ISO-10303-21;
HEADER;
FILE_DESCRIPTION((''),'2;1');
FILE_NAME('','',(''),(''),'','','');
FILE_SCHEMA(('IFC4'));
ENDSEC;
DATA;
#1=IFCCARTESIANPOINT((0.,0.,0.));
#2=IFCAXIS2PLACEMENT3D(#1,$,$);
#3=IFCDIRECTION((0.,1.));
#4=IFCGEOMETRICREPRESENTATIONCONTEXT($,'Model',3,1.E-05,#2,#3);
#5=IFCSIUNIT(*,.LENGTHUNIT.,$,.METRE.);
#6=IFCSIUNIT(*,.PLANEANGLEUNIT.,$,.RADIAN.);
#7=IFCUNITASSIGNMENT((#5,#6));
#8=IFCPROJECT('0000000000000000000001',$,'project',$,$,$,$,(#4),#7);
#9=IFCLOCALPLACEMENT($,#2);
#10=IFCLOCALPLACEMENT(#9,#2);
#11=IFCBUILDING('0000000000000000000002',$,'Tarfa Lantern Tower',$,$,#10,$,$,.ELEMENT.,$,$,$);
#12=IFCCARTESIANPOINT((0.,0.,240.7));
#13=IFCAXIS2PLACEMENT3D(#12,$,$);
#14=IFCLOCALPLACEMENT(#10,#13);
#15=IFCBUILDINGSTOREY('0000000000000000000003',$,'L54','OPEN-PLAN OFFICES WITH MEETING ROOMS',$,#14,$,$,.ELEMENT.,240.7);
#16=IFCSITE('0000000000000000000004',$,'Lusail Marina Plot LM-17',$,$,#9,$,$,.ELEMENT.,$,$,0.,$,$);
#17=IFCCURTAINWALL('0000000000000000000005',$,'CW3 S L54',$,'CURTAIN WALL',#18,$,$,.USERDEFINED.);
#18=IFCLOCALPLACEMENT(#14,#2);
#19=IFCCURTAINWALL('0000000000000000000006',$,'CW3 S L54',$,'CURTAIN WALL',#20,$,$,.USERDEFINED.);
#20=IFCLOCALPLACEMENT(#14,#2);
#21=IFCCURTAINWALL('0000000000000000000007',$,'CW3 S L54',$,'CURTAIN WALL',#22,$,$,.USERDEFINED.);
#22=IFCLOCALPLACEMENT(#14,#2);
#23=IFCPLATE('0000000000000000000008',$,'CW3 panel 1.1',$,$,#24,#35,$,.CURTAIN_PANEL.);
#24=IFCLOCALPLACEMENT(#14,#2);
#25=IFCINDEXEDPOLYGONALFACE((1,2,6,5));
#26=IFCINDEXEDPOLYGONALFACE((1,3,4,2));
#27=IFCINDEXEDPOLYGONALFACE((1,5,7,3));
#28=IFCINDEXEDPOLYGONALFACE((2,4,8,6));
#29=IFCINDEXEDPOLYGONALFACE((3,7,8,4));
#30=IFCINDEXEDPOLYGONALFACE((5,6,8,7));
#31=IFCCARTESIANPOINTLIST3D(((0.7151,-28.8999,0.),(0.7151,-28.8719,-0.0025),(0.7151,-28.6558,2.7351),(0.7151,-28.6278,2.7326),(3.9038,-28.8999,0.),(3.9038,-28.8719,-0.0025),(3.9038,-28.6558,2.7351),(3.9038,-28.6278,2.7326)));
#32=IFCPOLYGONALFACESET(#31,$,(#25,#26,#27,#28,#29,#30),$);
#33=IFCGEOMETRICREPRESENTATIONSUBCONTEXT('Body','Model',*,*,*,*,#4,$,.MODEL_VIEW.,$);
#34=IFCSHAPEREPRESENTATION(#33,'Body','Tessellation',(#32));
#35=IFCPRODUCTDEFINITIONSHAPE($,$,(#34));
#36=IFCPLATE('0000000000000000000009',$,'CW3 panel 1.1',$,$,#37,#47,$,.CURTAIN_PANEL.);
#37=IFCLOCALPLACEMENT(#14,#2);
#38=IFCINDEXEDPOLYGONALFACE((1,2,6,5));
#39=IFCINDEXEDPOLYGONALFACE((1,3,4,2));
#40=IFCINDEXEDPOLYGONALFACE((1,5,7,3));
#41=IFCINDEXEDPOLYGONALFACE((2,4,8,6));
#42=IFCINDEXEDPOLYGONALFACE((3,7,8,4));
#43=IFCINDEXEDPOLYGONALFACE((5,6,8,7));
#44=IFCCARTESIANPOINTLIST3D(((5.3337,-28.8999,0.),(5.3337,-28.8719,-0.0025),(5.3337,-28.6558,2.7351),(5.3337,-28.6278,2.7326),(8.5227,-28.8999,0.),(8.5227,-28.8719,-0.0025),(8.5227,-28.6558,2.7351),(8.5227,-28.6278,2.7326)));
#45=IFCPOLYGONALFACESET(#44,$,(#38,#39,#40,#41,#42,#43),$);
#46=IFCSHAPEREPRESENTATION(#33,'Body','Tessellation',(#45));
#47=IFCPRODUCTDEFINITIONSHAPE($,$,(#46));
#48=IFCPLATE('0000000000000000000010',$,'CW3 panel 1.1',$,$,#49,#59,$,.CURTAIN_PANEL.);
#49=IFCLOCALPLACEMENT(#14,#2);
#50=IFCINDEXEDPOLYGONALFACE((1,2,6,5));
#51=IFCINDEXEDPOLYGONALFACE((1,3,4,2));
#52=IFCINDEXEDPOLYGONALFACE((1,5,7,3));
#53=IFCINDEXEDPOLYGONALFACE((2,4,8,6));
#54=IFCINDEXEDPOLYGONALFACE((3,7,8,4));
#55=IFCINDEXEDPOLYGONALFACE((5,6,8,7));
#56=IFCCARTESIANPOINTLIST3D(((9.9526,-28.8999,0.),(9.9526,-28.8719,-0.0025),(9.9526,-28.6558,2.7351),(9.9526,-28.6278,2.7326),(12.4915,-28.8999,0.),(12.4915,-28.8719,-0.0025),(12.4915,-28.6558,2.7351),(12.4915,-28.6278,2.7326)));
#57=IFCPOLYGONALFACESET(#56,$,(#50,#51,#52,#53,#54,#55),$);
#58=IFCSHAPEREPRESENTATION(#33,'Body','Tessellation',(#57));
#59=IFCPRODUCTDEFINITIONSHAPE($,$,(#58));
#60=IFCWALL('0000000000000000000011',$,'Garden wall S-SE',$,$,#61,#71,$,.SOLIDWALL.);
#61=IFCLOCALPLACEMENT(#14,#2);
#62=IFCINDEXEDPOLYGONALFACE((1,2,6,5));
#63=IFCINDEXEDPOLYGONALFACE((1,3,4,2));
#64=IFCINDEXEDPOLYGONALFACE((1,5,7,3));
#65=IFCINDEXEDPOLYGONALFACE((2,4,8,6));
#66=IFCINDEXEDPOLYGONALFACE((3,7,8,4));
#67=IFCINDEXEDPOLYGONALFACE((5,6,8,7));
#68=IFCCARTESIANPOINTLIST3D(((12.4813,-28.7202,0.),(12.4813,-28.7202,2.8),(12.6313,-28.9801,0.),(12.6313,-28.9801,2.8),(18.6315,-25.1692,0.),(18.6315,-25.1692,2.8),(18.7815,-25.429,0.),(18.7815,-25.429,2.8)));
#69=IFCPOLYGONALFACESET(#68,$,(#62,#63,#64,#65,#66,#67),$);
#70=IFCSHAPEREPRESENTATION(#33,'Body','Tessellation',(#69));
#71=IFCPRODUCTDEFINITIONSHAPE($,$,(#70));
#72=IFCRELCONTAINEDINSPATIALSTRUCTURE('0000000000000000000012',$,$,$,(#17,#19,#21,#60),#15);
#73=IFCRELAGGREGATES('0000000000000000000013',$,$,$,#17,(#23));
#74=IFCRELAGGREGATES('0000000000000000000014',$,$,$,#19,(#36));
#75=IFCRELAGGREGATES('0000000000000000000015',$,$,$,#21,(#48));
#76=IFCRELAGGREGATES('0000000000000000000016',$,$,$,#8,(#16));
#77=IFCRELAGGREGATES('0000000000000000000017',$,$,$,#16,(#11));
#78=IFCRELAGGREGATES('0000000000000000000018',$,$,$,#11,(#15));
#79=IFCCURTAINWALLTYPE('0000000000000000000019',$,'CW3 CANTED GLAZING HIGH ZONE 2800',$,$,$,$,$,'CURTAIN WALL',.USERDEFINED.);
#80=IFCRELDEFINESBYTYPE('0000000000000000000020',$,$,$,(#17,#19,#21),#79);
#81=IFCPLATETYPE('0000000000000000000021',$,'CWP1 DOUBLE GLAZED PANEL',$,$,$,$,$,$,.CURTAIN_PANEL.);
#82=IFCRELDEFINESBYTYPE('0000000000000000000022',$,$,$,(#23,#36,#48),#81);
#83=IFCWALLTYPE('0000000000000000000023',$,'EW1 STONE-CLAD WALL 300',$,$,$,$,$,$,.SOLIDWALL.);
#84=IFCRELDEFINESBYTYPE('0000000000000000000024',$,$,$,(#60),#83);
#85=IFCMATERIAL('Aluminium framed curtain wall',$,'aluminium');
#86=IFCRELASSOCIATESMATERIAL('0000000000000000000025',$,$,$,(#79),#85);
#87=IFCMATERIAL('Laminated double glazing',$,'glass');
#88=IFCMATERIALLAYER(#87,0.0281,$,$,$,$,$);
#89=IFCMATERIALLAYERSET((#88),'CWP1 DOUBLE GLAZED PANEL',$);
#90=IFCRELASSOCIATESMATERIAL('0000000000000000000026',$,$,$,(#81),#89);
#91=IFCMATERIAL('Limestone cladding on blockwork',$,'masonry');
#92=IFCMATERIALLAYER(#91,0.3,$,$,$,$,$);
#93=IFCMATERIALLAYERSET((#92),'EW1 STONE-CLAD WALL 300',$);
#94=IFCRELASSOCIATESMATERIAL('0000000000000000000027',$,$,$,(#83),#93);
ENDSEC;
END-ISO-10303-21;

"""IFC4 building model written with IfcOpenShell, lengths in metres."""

from ifc_helpers import new_model, si_unit, direction, frame, frame_2d, origin, place, context, subcontext, project, spatial, polyline, rectangle, outline, extrude, material, layer, layer_set, type_object, element, aggregate, save


model = new_model("IFC4")

# Units and contexts
model_context = context("Model", 3, precision=1e-05, world=origin(), true_north=direction((0.0, 1.0)))
body_context = subcontext(model_context, "Body", "Model", "MODEL_VIEW")
ifc_project = project(units=[si_unit("LENGTHUNIT", "METRE"), si_unit("PLANEANGLEUNIT", "RADIAN")], contexts=[model_context])

# Site, building, storey
site_placement = place(None, origin())
site = spatial("IfcSite", under=ifc_project, at=site_placement, Name="Lusail Marina Plot LM-17", CompositionType="ELEMENT", RefElevation=0.0)
building_placement = place(site_placement, origin())
building = spatial("IfcBuilding", under=site, at=building_placement, Name="Tarfa Lantern Tower", CompositionType="ELEMENT")
storey_placement = place(building_placement, frame((0.0, 0.0, 240.7)))
storey = spatial("IfcBuildingStorey", under=building, at=storey_placement, Name="L54", Description="OPEN-PLAN OFFICES WITH MEETING ROOMS", CompositionType="ELEMENT", Elevation=240.7)

# Curtain walls
ifc_material_1 = material(Name="Aluminium framed curtain wall", Category="aluminium")
curtain_wall_type = type_object("IfcCurtainWallType", Name="CW3 CANTED GLAZING HIGH ZONE 2800", ElementType="CURTAIN WALL", PredefinedType="USERDEFINED", material=ifc_material_1)
curtain_wall_1_placement = place(storey_placement, origin())
curtain_wall_1 = element("IfcCurtainWall", 1, at=curtain_wall_1_placement, inside=storey, type_object=curtain_wall_type, Name="CW3 S L54", ObjectType="CURTAIN WALL", PredefinedType="USERDEFINED")
curtain_wall_2_placement = place(storey_placement, origin())
curtain_wall_2 = element("IfcCurtainWall", 2, at=curtain_wall_2_placement, inside=storey, type_object=curtain_wall_type, Name="CW3 S L54", ObjectType="CURTAIN WALL", PredefinedType="USERDEFINED")
curtain_wall_3_placement = place(storey_placement, origin())
curtain_wall_3 = element("IfcCurtainWall", 3, at=curtain_wall_3_placement, inside=storey, type_object=curtain_wall_type, Name="CW3 S L54", ObjectType="CURTAIN WALL", PredefinedType="USERDEFINED")

# Plates
ifc_material_2 = material(Name="Laminated double glazing", Category="glass")
ifc_layer_1 = layer(ifc_material_2, 0.0281)
ifc_layer_set_1 = layer_set([ifc_layer_1], Name="CWP1 DOUBLE GLAZED PANEL")
plate_type = type_object("IfcPlateType", Name="CWP1 DOUBLE GLAZED PANEL", PredefinedType="CURTAIN_PANEL", material=ifc_layer_set_1)
plate_1_placement = place(storey_placement, frame((0.7151, -28.8999, 0.0), z_axis=(0.0, -0.99604, 0.088908), x_axis=(1.0, 0.0, 0.0)))
plate_1 = element("IfcPlate", 4, at=plate_1_placement, type_object=plate_type, Name="CW3 panel 1.1", PredefinedType="CURTAIN_PANEL", context=body_context, shape_type="SweptSolid", body=[
    extrude(outline(polyline([(0.0, 0.0), (3.1887, 0.0), (3.1887, 2.746), (0.0, 2.746), (0.0, 0.0)])), origin(), (0.0, 0.0, -1.0), 0.0281),
])
aggregate(curtain_wall_1, [plate_1])
plate_2_placement = place(storey_placement, frame((5.3337, -28.8999, 0.0), z_axis=(0.0, -0.99604, 0.088908), x_axis=(1.0, 0.0, 0.0)))
plate_2 = element("IfcPlate", 5, at=plate_2_placement, type_object=plate_type, Name="CW3 panel 1.1", PredefinedType="CURTAIN_PANEL", context=body_context, shape_type="SweptSolid", body=[
    extrude(outline(polyline([(0.0, 0.0), (3.189, 0.0), (3.189, 2.746), (0.0, 2.746), (0.0, 0.0)])), origin(), (0.0, 0.0, -1.0), 0.0281),
])
aggregate(curtain_wall_2, [plate_2])
plate_3_placement = place(storey_placement, frame((9.9526, -28.8999, 0.0), z_axis=(0.0, -0.99604, 0.088908), x_axis=(1.0, 0.0, 0.0)))
plate_3 = element("IfcPlate", 6, at=plate_3_placement, type_object=plate_type, Name="CW3 panel 1.1", PredefinedType="CURTAIN_PANEL", context=body_context, shape_type="SweptSolid", body=[
    extrude(outline(polyline([(0.0, 0.0), (2.5388, 0.0), (2.5388, 2.746), (0.0, 2.746), (0.0, 0.0)])), origin(), (0.0, 0.0, -1.0), 0.0281),
])
aggregate(curtain_wall_3, [plate_3])

# Wall
ifc_material_3 = material(Name="Limestone cladding on blockwork", Category="masonry")
ifc_layer_2 = layer(ifc_material_3, 0.3)
ifc_layer_set_2 = layer_set([ifc_layer_2], Name="EW1 STONE-CLAD WALL 300")
wall_type_1 = type_object("IfcWallType", Name="EW1 STONE-CLAD WALL 300", PredefinedType="SOLIDWALL", material=ifc_layer_set_2)
wall_1_placement = place(storey_placement, frame((12.5564, -28.8501, 0.0), z_axis=(0.0, 0.0, 1.0), x_axis=(0.866011, 0.500025, 0.0)))
element("IfcWall", 7, at=wall_1_placement, inside=storey, type_object=wall_type_1, Name="Garden wall S-SE", PredefinedType="SOLIDWALL", context=body_context, shape_type="SweptSolid", body=[
    extrude(rectangle(XDim=7.1018, YDim=0.3, at=frame_2d((3.5508, 0.0))), origin(), (0.0, 0.0, 1.0), 2.8),
])

save(model, "model.ifc")
